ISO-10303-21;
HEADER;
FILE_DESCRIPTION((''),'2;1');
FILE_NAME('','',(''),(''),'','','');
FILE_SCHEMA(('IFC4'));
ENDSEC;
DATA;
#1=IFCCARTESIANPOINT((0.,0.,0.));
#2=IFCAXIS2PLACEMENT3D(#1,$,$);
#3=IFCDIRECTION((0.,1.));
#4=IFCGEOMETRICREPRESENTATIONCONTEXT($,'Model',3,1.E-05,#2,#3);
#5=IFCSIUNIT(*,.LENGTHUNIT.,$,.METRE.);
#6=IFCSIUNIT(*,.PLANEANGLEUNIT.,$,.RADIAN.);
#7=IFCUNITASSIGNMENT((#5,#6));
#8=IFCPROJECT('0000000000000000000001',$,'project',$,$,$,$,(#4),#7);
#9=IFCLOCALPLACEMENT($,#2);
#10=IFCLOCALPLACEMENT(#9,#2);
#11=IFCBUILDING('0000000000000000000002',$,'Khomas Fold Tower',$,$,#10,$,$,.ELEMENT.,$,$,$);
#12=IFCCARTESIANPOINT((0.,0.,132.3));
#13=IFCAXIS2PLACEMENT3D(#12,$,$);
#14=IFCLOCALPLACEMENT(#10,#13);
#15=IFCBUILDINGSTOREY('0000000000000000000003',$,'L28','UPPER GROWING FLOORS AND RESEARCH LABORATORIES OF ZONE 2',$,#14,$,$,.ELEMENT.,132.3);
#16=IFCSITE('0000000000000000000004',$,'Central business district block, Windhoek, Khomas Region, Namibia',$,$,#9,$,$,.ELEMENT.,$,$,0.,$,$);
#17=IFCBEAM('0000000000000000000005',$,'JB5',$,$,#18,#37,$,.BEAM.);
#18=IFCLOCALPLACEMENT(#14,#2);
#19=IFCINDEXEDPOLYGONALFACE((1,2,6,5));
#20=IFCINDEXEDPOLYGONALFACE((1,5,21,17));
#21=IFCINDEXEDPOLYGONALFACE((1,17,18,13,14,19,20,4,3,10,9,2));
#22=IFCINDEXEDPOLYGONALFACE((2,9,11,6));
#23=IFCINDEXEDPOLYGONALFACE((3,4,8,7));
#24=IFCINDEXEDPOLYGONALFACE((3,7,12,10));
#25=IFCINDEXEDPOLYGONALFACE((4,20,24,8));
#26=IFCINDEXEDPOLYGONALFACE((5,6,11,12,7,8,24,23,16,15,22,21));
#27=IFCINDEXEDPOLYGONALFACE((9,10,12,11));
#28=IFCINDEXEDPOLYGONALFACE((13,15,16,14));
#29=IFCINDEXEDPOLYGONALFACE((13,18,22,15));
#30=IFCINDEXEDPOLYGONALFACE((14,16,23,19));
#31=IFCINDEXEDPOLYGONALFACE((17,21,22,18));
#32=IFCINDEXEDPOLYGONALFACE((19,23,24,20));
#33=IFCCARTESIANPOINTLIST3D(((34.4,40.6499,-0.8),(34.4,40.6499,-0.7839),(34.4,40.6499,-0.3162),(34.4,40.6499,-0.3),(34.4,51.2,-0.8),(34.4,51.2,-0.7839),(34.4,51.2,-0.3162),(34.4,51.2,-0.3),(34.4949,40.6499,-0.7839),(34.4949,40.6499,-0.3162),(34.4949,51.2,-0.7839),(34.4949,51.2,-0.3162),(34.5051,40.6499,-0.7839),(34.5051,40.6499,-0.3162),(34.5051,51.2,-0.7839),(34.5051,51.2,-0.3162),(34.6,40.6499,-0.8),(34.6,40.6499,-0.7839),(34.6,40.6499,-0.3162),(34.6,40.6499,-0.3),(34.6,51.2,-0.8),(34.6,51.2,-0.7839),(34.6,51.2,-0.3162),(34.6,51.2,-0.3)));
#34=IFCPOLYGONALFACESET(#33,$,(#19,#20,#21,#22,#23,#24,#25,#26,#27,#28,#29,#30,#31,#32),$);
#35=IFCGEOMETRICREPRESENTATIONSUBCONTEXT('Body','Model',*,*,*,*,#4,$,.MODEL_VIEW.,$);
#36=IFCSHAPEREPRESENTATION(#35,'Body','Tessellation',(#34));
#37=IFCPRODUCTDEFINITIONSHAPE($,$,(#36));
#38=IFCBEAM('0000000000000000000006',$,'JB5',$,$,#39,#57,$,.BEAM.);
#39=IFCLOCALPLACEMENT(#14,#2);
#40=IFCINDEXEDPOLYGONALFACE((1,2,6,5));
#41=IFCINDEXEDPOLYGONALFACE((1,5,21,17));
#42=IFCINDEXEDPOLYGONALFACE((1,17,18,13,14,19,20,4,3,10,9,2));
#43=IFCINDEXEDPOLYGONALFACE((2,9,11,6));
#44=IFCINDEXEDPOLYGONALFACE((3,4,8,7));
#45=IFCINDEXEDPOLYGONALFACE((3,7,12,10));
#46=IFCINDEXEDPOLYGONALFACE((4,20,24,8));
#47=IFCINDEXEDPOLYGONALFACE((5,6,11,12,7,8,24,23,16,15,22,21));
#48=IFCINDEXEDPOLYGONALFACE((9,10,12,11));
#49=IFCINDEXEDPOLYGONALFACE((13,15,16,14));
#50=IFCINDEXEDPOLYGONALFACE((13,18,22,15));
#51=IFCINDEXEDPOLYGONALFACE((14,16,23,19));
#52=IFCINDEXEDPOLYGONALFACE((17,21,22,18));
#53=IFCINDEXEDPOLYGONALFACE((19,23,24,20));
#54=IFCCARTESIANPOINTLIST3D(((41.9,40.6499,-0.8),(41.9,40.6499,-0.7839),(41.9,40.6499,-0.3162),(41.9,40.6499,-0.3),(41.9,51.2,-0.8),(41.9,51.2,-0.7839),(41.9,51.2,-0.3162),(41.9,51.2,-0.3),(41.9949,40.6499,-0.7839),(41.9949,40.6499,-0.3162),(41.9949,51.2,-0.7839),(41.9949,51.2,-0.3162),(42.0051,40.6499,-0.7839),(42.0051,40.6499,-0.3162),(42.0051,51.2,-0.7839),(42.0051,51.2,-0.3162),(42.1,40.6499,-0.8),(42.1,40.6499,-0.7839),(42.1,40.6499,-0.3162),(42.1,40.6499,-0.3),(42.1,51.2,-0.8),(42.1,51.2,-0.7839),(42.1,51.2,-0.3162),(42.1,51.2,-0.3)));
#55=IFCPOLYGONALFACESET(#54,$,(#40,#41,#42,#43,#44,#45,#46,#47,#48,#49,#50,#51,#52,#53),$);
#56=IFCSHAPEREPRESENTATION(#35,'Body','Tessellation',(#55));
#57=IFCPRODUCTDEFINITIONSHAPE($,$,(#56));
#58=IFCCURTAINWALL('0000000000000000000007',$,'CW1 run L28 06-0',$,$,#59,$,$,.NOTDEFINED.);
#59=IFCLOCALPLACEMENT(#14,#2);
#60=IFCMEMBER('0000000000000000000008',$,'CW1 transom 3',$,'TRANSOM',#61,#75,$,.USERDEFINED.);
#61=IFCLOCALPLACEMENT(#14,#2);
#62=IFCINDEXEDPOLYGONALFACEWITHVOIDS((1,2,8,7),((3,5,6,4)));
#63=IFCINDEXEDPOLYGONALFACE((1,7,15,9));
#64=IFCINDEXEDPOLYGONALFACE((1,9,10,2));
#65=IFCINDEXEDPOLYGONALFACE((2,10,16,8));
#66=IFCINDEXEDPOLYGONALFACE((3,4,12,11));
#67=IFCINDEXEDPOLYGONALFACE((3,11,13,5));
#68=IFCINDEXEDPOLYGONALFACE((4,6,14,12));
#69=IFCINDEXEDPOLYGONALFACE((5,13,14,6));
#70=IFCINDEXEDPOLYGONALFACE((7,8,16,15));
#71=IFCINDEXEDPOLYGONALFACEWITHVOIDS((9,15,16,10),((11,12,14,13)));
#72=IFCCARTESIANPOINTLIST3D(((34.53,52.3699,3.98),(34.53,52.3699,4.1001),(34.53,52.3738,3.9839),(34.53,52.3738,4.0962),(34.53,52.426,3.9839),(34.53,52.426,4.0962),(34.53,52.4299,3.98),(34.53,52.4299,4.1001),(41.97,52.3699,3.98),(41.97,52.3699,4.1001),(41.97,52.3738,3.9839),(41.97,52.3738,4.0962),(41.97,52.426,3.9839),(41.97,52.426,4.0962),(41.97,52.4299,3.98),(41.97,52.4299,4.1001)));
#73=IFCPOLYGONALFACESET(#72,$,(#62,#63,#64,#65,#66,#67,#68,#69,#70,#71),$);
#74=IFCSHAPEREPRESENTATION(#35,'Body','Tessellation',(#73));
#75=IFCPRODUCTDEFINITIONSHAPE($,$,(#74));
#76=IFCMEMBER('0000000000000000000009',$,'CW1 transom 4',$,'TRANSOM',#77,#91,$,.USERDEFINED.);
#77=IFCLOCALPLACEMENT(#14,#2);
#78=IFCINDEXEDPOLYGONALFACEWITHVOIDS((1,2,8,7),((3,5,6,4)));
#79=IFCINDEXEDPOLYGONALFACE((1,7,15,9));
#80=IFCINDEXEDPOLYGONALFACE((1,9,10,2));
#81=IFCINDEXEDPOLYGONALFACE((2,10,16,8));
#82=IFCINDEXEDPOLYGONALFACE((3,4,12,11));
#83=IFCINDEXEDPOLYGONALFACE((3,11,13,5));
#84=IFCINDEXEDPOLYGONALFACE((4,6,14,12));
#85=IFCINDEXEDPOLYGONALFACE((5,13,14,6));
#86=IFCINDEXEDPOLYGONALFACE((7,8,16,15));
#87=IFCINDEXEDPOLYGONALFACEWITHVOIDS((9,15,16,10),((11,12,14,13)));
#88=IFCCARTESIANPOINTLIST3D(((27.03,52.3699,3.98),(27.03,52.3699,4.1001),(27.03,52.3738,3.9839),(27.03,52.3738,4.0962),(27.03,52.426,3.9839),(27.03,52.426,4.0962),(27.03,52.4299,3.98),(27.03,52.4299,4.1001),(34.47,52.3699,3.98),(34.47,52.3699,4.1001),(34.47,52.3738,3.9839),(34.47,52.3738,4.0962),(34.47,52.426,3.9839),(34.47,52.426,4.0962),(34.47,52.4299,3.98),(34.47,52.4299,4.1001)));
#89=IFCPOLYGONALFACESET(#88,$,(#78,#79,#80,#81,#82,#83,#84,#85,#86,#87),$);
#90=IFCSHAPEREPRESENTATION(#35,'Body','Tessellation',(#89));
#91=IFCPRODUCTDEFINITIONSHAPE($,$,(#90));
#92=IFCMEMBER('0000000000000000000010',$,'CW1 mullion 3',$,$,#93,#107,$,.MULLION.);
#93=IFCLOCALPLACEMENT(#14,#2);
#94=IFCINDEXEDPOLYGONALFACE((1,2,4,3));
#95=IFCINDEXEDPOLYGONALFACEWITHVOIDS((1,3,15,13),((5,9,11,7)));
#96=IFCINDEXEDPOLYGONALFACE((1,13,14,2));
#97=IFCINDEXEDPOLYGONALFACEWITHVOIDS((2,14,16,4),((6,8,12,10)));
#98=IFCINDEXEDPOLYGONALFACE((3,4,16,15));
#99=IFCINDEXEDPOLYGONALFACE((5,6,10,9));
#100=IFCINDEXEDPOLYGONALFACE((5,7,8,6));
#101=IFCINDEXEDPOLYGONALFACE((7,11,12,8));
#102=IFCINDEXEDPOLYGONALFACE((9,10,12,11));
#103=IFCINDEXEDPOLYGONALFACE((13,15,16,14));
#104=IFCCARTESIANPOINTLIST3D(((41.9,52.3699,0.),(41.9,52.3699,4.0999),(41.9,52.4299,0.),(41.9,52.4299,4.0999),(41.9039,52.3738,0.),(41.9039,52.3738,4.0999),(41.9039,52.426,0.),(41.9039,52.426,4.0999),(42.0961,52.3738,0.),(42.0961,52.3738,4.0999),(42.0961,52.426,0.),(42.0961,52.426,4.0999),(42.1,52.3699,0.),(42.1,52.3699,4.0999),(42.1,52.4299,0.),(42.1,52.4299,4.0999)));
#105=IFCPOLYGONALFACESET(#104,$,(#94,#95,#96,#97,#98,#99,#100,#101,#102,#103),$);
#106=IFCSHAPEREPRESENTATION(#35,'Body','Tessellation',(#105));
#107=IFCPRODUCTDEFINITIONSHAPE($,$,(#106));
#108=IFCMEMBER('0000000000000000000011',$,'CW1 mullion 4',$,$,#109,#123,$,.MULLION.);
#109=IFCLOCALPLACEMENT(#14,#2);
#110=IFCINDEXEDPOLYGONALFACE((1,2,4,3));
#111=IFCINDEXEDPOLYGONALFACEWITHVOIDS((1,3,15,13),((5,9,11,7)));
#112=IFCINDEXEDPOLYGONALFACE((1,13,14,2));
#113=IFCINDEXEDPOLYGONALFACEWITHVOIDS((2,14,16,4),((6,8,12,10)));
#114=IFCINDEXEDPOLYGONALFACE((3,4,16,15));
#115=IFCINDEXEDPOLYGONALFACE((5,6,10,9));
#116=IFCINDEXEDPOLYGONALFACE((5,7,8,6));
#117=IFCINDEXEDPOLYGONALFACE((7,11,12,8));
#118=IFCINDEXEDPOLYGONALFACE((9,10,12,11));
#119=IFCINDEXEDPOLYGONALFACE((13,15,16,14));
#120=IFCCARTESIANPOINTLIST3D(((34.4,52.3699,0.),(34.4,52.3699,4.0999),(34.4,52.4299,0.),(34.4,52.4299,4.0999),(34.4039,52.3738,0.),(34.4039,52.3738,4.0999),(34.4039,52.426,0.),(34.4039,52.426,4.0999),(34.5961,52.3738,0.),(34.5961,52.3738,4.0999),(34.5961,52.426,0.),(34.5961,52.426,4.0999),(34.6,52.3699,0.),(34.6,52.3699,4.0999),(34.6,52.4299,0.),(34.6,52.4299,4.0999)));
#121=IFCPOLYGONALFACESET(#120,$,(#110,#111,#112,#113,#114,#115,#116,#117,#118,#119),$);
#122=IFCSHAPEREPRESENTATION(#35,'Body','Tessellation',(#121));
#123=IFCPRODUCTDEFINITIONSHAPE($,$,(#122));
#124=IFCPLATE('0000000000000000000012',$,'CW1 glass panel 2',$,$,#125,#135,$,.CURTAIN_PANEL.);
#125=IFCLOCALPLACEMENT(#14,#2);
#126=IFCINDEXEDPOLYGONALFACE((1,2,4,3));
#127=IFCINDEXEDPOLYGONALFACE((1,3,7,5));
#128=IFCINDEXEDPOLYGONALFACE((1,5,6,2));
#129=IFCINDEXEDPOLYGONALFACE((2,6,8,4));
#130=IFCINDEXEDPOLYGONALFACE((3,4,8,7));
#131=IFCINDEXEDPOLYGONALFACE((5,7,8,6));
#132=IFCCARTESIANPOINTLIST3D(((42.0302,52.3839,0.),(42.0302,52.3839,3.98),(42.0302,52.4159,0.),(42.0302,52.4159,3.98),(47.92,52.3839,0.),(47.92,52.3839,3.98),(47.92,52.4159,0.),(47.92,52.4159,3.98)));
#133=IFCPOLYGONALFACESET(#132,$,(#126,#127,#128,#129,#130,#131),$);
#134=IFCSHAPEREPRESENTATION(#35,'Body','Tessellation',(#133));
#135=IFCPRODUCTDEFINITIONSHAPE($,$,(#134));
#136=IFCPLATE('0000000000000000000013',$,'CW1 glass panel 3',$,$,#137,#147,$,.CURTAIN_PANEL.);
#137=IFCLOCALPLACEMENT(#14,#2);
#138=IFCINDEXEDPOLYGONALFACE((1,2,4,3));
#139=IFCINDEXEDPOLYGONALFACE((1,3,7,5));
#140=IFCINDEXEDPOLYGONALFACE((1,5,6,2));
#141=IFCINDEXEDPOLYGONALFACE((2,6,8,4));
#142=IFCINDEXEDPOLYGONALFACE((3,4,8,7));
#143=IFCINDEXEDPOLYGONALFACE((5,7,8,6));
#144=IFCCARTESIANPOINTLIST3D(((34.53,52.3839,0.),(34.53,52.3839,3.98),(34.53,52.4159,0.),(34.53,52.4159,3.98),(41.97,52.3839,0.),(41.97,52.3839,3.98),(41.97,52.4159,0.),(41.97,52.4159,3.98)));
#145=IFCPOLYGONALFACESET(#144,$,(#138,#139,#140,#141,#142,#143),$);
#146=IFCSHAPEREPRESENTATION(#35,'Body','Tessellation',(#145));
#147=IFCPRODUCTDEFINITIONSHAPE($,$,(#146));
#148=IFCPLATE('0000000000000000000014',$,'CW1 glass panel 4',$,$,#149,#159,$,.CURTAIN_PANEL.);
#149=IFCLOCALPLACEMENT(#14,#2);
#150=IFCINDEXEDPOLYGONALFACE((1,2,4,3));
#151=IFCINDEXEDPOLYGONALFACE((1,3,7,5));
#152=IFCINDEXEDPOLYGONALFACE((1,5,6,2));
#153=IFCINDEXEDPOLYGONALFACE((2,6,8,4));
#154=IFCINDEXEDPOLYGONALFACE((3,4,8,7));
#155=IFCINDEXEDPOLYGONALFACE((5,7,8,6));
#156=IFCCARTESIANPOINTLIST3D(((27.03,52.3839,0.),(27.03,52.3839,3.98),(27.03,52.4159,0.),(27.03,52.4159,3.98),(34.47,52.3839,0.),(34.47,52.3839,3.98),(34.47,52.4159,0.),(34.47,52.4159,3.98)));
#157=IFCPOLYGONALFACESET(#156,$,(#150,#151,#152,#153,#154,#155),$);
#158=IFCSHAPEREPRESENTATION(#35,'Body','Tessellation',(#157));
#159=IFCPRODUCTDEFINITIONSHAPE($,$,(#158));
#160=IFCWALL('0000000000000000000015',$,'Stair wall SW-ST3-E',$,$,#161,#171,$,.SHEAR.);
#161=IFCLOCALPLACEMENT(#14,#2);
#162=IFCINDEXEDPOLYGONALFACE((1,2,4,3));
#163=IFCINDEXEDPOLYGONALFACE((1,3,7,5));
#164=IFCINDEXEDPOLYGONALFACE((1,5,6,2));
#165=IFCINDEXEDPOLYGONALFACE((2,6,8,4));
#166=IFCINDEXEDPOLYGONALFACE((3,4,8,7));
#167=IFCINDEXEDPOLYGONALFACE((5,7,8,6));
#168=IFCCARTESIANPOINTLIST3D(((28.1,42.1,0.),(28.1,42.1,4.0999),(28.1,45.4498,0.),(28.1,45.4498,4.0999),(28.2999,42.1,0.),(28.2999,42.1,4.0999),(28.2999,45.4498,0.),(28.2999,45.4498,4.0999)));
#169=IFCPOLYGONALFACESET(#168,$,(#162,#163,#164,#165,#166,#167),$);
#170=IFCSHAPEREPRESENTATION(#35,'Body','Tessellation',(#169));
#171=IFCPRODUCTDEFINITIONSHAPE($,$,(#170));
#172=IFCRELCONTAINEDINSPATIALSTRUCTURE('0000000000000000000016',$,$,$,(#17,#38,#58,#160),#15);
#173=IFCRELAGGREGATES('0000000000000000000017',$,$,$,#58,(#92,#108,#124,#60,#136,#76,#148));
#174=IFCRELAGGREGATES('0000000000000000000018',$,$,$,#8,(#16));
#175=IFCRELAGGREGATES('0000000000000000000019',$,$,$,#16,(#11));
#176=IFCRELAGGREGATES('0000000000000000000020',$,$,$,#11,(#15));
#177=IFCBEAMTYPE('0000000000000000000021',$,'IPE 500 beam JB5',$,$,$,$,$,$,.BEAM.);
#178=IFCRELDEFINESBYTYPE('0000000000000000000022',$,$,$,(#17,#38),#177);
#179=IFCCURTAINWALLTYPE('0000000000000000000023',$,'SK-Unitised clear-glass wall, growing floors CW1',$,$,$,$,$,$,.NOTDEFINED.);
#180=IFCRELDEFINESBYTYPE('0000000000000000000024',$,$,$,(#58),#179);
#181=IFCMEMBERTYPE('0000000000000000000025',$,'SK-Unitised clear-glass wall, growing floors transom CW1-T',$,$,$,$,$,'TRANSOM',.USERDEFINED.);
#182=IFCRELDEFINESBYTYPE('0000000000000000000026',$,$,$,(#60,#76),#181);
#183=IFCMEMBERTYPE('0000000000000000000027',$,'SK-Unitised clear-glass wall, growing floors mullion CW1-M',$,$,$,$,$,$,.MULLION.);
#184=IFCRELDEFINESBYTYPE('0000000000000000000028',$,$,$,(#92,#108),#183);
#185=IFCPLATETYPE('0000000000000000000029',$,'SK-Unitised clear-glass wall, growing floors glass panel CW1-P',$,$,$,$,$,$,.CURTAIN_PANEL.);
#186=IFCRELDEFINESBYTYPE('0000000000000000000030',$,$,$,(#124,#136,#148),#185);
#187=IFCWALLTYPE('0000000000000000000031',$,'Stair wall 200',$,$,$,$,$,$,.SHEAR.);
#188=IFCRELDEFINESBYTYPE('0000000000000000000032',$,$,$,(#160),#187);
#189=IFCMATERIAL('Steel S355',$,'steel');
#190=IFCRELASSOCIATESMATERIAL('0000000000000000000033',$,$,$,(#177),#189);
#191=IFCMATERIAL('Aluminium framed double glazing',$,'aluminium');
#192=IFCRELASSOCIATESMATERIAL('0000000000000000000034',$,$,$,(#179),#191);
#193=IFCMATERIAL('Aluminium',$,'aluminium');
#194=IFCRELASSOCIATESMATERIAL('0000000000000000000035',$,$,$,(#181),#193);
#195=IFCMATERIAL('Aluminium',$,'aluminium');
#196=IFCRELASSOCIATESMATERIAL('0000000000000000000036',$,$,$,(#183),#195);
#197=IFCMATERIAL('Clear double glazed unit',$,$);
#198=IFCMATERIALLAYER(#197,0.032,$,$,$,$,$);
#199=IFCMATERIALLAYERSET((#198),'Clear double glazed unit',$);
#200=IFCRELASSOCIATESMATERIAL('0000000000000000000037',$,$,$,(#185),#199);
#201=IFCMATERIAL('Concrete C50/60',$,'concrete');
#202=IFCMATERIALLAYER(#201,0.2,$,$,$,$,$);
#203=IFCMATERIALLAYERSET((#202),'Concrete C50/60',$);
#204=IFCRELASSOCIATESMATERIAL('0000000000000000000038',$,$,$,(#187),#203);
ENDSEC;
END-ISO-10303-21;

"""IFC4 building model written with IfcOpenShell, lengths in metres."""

from ifc_helpers import new_model, si_unit, direction, frame, frame_2d, origin, origin_2d, place, context, subcontext, project, spatial, rectangle, hollow_rectangle, i_section, extrude, source, transform, mapped, material, layer, layer_set, material_profile, profile_set, type_object, element, aggregate, save


model = new_model("IFC4")

# Units and contexts
model_context = context("Model", 3, precision=1e-05, world=origin(), true_north=direction((0.0, 1.0)))
body_context = subcontext(model_context, "Body", "Model", "MODEL_VIEW")
ifc_project = project(units=[si_unit("LENGTHUNIT", "METRE"), si_unit("PLANEANGLEUNIT", "RADIAN")], contexts=[model_context])

# Site, building, storey
site_placement = place(None, origin())
site = spatial("IfcSite", under=ifc_project, at=site_placement, Name="Central business district block, Windhoek, Khomas Region, Namibia", CompositionType="ELEMENT", RefElevation=0.0)
building_placement = place(site_placement, origin())
building = spatial("IfcBuilding", under=site, at=building_placement, Name="Khomas Fold Tower", CompositionType="ELEMENT")
storey_placement = place(building_placement, frame((0.0, 0.0, 132.3)))
storey = spatial("IfcBuildingStorey", under=building, at=storey_placement, Name="L28", Description="UPPER GROWING FLOORS AND RESEARCH LABORATORIES OF ZONE 2", CompositionType="ELEMENT", Elevation=132.3)

# Beams
ifc_material_1 = material(Name="Steel S355", Category="steel")
ifc_material_profile_1 = material_profile(ifc_material_1, i_section(OverallWidth=0.2, OverallDepth=0.5, WebThickness=0.0103, FlangeThickness=0.0161, at=origin_2d()), Name="IPE 500")
ifc_profile_set_1 = profile_set([ifc_material_profile_1], Name="Steel S355")
beam_type_1 = type_object("IfcBeamType", Name="IPE 500 beam JB5", PredefinedType="BEAM", material=ifc_profile_set_1)
shared_shape_1 = source(origin(), body_context, "Body", "SweptSolid", [
    extrude(i_section(OverallWidth=0.2, OverallDepth=0.5, WebThickness=0.0103, FlangeThickness=0.0161, at=origin_2d()), origin(), (0.0, 0.0, 1.0), 10.55),
])
for number, where, z_axis, x_axis, name in (
    (1, (34.5, 40.6499, -0.55), (0.0, 1.0, 0.0), (-1.0, 0.0, 0.0), "JB5"),
    (2, (42.0, 40.6499, -0.55), (0.0, 1.0, 0.0), (-1.0, 0.0, 0.0), "JB5"),
):
    element("IfcBeam", number, at=place(storey_placement, frame(where, z_axis=z_axis, x_axis=x_axis)), inside=storey, type_object=beam_type_1, Name=name, PredefinedType="BEAM", context=body_context, shape_type="MappedRepresentation", body=[
        mapped(shared_shape_1, transform((0.0, 0.0, 0.0))),
    ])

# Curtain wall, members, plates
ifc_material_2 = material(Name="Aluminium framed double glazing", Category="aluminium")
curtain_wall_type = type_object("IfcCurtainWallType", Name="SK-Unitised clear-glass wall, growing floors CW1", PredefinedType="NOTDEFINED", material=ifc_material_2)
curtain_wall_placement = place(storey_placement, origin())
curtain_wall = element("IfcCurtainWall", 3, at=curtain_wall_placement, inside=storey, type_object=curtain_wall_type, Name="CW1 run L28 06-0", PredefinedType="NOTDEFINED")
ifc_material_3 = material(Name="Aluminium", Category="aluminium")
ifc_material_profile_2 = material_profile(ifc_material_3, hollow_rectangle(XDim=0.0601, YDim=0.1201, WallThickness=0.0039, at=origin_2d()), Name="SK-Unitised clear-glass wall, growing floors transom CW1-T")
ifc_profile_set_2 = profile_set([ifc_material_profile_2], Name="Aluminium")
member_type_1 = type_object("IfcMemberType", Name="SK-Unitised clear-glass wall, growing floors transom CW1-T", ElementType="TRANSOM", PredefinedType="USERDEFINED", material=ifc_profile_set_2)
shared_shape_2 = source(origin(), body_context, "Body", "SweptSolid", [
    extrude(hollow_rectangle(XDim=0.0601, YDim=0.1201, WallThickness=0.0039, at=origin_2d()), origin(), (0.0, 0.0, 1.0), 7.4399),
])
member_1_placement = place(storey_placement, frame((41.97, 52.3999, 4.04), z_axis=(-1.0, 0.0, 0.0), x_axis=(0.0, -1.0, 0.0)))
member_1 = element("IfcMember", 4, at=member_1_placement, type_object=member_type_1, Name="CW1 transom 3", ObjectType="TRANSOM", PredefinedType="USERDEFINED", context=body_context, shape_type="MappedRepresentation", body=[
    mapped(shared_shape_2, transform((0.0, 0.0, 0.0))),
])
member_2_placement = place(storey_placement, frame((34.47, 52.3999, 4.04), z_axis=(-1.0, 0.0, 0.0), x_axis=(0.0, -1.0, 0.0)))
member_2 = element("IfcMember", 5, at=member_2_placement, type_object=member_type_1, Name="CW1 transom 4", ObjectType="TRANSOM", PredefinedType="USERDEFINED", context=body_context, shape_type="MappedRepresentation", body=[
    mapped(shared_shape_2, transform((0.0, 0.0, 0.0))),
])
ifc_material_4 = material(Name="Aluminium", Category="aluminium")
ifc_material_profile_3 = material_profile(ifc_material_4, hollow_rectangle(XDim=0.0601, YDim=0.2, WallThickness=0.0039, at=origin_2d()), Name="SK-Unitised clear-glass wall, growing floors mullion CW1-M")
ifc_profile_set_3 = profile_set([ifc_material_profile_3], Name="Aluminium")
member_type_2 = type_object("IfcMemberType", Name="SK-Unitised clear-glass wall, growing floors mullion CW1-M", PredefinedType="MULLION", material=ifc_profile_set_3)
shared_shape_3 = source(origin(), body_context, "Body", "SweptSolid", [
    extrude(hollow_rectangle(XDim=0.0601, YDim=0.2, WallThickness=0.0039, at=origin_2d()), origin(), (0.0, 0.0, 1.0), 4.0999),
])
member_3_placement = place(storey_placement, frame((42.0, 52.3999, 0.0), z_axis=(0.0, 0.0, 1.0), x_axis=(0.0, -1.0, 0.0)))
member_3 = element("IfcMember", 6, at=member_3_placement, type_object=member_type_2, Name="CW1 mullion 3", PredefinedType="MULLION", context=body_context, shape_type="MappedRepresentation", body=[
    mapped(shared_shape_3, transform((0.0, 0.0, 0.0))),
])
member_4_placement = place(storey_placement, frame((34.5, 52.3999, 0.0), z_axis=(0.0, 0.0, 1.0), x_axis=(0.0, -1.0, 0.0)))
member_4 = element("IfcMember", 7, at=member_4_placement, type_object=member_type_2, Name="CW1 mullion 4", PredefinedType="MULLION", context=body_context, shape_type="MappedRepresentation", body=[
    mapped(shared_shape_3, transform((0.0, 0.0, 0.0))),
])
ifc_material_5 = material(Name="Clear double glazed unit")
ifc_layer_1 = layer(ifc_material_5, 0.032)
ifc_layer_set_1 = layer_set([ifc_layer_1], Name="Clear double glazed unit")
plate_type = type_object("IfcPlateType", Name="SK-Unitised clear-glass wall, growing floors glass panel CW1-P", PredefinedType="CURTAIN_PANEL", material=ifc_layer_set_1)
shared_shape_4 = source(origin(), body_context, "Body", "SweptSolid", [
    extrude(rectangle(XDim=5.8899, YDim=0.032, at=origin_2d()), origin(), (0.0, 0.0, 1.0), 3.98),
])
plate_1_placement = place(storey_placement, frame((44.9751, 52.3999, 0.0), z_axis=(0.0, 0.0, 1.0), x_axis=(-1.0, 0.0, 0.0)))
plate_1 = element("IfcPlate", 8, at=plate_1_placement, type_object=plate_type, Name="CW1 glass panel 2", PredefinedType="CURTAIN_PANEL", context=body_context, shape_type="MappedRepresentation", body=[
    mapped(shared_shape_4, transform((0.0, 0.0, 0.0))),
])
shared_shape_5 = source(origin(), body_context, "Body", "SweptSolid", [
    extrude(rectangle(XDim=7.4399, YDim=0.032, at=origin_2d()), origin(), (0.0, 0.0, 1.0), 3.98),
])
plate_2_placement = place(storey_placement, frame((38.25, 52.3999, 0.0), z_axis=(0.0, 0.0, 1.0), x_axis=(-1.0, 0.0, 0.0)))
plate_2 = element("IfcPlate", 9, at=plate_2_placement, type_object=plate_type, Name="CW1 glass panel 3", PredefinedType="CURTAIN_PANEL", context=body_context, shape_type="MappedRepresentation", body=[
    mapped(shared_shape_5, transform((0.0, 0.0, 0.0))),
])
plate_3_placement = place(storey_placement, frame((30.75, 52.3999, 0.0), z_axis=(0.0, 0.0, 1.0), x_axis=(-1.0, 0.0, 0.0)))
plate_3 = element("IfcPlate", 10, at=plate_3_placement, type_object=plate_type, Name="CW1 glass panel 4", PredefinedType="CURTAIN_PANEL", context=body_context, shape_type="MappedRepresentation", body=[
    mapped(shared_shape_5, transform((0.0, 0.0, 0.0))),
])
aggregate(curtain_wall, [member_3, member_4, plate_1, member_1, plate_2, member_2, plate_3])

# Wall
ifc_material_6 = material(Name="Concrete C50/60", Category="concrete")
ifc_layer_2 = layer(ifc_material_6, 0.2)
ifc_layer_set_2 = layer_set([ifc_layer_2], Name="Concrete C50/60")
wall_type_1 = type_object("IfcWallType", Name="Stair wall 200", PredefinedType="SHEAR", material=ifc_layer_set_2)
shared_shape_6 = source(origin(), body_context, "Body", "SweptSolid", [
    extrude(rectangle(XDim=3.3499, YDim=0.2, at=frame_2d((1.6748, 0.0))), origin(), (0.0, 0.0, 1.0), 4.0999),
])
wall_1_placement = place(storey_placement, frame((28.2, 42.1001, 0.0), z_axis=(0.0, 0.0, 1.0), x_axis=(0.0, 1.0, 0.0)))
element("IfcWall", 11, at=wall_1_placement, inside=storey, type_object=wall_type_1, Name="Stair wall SW-ST3-E", PredefinedType="SHEAR", context=body_context, shape_type="MappedRepresentation", body=[
    mapped(shared_shape_6, transform((0.0, 0.0, 0.0))),
])

save(model, "model.ifc")
